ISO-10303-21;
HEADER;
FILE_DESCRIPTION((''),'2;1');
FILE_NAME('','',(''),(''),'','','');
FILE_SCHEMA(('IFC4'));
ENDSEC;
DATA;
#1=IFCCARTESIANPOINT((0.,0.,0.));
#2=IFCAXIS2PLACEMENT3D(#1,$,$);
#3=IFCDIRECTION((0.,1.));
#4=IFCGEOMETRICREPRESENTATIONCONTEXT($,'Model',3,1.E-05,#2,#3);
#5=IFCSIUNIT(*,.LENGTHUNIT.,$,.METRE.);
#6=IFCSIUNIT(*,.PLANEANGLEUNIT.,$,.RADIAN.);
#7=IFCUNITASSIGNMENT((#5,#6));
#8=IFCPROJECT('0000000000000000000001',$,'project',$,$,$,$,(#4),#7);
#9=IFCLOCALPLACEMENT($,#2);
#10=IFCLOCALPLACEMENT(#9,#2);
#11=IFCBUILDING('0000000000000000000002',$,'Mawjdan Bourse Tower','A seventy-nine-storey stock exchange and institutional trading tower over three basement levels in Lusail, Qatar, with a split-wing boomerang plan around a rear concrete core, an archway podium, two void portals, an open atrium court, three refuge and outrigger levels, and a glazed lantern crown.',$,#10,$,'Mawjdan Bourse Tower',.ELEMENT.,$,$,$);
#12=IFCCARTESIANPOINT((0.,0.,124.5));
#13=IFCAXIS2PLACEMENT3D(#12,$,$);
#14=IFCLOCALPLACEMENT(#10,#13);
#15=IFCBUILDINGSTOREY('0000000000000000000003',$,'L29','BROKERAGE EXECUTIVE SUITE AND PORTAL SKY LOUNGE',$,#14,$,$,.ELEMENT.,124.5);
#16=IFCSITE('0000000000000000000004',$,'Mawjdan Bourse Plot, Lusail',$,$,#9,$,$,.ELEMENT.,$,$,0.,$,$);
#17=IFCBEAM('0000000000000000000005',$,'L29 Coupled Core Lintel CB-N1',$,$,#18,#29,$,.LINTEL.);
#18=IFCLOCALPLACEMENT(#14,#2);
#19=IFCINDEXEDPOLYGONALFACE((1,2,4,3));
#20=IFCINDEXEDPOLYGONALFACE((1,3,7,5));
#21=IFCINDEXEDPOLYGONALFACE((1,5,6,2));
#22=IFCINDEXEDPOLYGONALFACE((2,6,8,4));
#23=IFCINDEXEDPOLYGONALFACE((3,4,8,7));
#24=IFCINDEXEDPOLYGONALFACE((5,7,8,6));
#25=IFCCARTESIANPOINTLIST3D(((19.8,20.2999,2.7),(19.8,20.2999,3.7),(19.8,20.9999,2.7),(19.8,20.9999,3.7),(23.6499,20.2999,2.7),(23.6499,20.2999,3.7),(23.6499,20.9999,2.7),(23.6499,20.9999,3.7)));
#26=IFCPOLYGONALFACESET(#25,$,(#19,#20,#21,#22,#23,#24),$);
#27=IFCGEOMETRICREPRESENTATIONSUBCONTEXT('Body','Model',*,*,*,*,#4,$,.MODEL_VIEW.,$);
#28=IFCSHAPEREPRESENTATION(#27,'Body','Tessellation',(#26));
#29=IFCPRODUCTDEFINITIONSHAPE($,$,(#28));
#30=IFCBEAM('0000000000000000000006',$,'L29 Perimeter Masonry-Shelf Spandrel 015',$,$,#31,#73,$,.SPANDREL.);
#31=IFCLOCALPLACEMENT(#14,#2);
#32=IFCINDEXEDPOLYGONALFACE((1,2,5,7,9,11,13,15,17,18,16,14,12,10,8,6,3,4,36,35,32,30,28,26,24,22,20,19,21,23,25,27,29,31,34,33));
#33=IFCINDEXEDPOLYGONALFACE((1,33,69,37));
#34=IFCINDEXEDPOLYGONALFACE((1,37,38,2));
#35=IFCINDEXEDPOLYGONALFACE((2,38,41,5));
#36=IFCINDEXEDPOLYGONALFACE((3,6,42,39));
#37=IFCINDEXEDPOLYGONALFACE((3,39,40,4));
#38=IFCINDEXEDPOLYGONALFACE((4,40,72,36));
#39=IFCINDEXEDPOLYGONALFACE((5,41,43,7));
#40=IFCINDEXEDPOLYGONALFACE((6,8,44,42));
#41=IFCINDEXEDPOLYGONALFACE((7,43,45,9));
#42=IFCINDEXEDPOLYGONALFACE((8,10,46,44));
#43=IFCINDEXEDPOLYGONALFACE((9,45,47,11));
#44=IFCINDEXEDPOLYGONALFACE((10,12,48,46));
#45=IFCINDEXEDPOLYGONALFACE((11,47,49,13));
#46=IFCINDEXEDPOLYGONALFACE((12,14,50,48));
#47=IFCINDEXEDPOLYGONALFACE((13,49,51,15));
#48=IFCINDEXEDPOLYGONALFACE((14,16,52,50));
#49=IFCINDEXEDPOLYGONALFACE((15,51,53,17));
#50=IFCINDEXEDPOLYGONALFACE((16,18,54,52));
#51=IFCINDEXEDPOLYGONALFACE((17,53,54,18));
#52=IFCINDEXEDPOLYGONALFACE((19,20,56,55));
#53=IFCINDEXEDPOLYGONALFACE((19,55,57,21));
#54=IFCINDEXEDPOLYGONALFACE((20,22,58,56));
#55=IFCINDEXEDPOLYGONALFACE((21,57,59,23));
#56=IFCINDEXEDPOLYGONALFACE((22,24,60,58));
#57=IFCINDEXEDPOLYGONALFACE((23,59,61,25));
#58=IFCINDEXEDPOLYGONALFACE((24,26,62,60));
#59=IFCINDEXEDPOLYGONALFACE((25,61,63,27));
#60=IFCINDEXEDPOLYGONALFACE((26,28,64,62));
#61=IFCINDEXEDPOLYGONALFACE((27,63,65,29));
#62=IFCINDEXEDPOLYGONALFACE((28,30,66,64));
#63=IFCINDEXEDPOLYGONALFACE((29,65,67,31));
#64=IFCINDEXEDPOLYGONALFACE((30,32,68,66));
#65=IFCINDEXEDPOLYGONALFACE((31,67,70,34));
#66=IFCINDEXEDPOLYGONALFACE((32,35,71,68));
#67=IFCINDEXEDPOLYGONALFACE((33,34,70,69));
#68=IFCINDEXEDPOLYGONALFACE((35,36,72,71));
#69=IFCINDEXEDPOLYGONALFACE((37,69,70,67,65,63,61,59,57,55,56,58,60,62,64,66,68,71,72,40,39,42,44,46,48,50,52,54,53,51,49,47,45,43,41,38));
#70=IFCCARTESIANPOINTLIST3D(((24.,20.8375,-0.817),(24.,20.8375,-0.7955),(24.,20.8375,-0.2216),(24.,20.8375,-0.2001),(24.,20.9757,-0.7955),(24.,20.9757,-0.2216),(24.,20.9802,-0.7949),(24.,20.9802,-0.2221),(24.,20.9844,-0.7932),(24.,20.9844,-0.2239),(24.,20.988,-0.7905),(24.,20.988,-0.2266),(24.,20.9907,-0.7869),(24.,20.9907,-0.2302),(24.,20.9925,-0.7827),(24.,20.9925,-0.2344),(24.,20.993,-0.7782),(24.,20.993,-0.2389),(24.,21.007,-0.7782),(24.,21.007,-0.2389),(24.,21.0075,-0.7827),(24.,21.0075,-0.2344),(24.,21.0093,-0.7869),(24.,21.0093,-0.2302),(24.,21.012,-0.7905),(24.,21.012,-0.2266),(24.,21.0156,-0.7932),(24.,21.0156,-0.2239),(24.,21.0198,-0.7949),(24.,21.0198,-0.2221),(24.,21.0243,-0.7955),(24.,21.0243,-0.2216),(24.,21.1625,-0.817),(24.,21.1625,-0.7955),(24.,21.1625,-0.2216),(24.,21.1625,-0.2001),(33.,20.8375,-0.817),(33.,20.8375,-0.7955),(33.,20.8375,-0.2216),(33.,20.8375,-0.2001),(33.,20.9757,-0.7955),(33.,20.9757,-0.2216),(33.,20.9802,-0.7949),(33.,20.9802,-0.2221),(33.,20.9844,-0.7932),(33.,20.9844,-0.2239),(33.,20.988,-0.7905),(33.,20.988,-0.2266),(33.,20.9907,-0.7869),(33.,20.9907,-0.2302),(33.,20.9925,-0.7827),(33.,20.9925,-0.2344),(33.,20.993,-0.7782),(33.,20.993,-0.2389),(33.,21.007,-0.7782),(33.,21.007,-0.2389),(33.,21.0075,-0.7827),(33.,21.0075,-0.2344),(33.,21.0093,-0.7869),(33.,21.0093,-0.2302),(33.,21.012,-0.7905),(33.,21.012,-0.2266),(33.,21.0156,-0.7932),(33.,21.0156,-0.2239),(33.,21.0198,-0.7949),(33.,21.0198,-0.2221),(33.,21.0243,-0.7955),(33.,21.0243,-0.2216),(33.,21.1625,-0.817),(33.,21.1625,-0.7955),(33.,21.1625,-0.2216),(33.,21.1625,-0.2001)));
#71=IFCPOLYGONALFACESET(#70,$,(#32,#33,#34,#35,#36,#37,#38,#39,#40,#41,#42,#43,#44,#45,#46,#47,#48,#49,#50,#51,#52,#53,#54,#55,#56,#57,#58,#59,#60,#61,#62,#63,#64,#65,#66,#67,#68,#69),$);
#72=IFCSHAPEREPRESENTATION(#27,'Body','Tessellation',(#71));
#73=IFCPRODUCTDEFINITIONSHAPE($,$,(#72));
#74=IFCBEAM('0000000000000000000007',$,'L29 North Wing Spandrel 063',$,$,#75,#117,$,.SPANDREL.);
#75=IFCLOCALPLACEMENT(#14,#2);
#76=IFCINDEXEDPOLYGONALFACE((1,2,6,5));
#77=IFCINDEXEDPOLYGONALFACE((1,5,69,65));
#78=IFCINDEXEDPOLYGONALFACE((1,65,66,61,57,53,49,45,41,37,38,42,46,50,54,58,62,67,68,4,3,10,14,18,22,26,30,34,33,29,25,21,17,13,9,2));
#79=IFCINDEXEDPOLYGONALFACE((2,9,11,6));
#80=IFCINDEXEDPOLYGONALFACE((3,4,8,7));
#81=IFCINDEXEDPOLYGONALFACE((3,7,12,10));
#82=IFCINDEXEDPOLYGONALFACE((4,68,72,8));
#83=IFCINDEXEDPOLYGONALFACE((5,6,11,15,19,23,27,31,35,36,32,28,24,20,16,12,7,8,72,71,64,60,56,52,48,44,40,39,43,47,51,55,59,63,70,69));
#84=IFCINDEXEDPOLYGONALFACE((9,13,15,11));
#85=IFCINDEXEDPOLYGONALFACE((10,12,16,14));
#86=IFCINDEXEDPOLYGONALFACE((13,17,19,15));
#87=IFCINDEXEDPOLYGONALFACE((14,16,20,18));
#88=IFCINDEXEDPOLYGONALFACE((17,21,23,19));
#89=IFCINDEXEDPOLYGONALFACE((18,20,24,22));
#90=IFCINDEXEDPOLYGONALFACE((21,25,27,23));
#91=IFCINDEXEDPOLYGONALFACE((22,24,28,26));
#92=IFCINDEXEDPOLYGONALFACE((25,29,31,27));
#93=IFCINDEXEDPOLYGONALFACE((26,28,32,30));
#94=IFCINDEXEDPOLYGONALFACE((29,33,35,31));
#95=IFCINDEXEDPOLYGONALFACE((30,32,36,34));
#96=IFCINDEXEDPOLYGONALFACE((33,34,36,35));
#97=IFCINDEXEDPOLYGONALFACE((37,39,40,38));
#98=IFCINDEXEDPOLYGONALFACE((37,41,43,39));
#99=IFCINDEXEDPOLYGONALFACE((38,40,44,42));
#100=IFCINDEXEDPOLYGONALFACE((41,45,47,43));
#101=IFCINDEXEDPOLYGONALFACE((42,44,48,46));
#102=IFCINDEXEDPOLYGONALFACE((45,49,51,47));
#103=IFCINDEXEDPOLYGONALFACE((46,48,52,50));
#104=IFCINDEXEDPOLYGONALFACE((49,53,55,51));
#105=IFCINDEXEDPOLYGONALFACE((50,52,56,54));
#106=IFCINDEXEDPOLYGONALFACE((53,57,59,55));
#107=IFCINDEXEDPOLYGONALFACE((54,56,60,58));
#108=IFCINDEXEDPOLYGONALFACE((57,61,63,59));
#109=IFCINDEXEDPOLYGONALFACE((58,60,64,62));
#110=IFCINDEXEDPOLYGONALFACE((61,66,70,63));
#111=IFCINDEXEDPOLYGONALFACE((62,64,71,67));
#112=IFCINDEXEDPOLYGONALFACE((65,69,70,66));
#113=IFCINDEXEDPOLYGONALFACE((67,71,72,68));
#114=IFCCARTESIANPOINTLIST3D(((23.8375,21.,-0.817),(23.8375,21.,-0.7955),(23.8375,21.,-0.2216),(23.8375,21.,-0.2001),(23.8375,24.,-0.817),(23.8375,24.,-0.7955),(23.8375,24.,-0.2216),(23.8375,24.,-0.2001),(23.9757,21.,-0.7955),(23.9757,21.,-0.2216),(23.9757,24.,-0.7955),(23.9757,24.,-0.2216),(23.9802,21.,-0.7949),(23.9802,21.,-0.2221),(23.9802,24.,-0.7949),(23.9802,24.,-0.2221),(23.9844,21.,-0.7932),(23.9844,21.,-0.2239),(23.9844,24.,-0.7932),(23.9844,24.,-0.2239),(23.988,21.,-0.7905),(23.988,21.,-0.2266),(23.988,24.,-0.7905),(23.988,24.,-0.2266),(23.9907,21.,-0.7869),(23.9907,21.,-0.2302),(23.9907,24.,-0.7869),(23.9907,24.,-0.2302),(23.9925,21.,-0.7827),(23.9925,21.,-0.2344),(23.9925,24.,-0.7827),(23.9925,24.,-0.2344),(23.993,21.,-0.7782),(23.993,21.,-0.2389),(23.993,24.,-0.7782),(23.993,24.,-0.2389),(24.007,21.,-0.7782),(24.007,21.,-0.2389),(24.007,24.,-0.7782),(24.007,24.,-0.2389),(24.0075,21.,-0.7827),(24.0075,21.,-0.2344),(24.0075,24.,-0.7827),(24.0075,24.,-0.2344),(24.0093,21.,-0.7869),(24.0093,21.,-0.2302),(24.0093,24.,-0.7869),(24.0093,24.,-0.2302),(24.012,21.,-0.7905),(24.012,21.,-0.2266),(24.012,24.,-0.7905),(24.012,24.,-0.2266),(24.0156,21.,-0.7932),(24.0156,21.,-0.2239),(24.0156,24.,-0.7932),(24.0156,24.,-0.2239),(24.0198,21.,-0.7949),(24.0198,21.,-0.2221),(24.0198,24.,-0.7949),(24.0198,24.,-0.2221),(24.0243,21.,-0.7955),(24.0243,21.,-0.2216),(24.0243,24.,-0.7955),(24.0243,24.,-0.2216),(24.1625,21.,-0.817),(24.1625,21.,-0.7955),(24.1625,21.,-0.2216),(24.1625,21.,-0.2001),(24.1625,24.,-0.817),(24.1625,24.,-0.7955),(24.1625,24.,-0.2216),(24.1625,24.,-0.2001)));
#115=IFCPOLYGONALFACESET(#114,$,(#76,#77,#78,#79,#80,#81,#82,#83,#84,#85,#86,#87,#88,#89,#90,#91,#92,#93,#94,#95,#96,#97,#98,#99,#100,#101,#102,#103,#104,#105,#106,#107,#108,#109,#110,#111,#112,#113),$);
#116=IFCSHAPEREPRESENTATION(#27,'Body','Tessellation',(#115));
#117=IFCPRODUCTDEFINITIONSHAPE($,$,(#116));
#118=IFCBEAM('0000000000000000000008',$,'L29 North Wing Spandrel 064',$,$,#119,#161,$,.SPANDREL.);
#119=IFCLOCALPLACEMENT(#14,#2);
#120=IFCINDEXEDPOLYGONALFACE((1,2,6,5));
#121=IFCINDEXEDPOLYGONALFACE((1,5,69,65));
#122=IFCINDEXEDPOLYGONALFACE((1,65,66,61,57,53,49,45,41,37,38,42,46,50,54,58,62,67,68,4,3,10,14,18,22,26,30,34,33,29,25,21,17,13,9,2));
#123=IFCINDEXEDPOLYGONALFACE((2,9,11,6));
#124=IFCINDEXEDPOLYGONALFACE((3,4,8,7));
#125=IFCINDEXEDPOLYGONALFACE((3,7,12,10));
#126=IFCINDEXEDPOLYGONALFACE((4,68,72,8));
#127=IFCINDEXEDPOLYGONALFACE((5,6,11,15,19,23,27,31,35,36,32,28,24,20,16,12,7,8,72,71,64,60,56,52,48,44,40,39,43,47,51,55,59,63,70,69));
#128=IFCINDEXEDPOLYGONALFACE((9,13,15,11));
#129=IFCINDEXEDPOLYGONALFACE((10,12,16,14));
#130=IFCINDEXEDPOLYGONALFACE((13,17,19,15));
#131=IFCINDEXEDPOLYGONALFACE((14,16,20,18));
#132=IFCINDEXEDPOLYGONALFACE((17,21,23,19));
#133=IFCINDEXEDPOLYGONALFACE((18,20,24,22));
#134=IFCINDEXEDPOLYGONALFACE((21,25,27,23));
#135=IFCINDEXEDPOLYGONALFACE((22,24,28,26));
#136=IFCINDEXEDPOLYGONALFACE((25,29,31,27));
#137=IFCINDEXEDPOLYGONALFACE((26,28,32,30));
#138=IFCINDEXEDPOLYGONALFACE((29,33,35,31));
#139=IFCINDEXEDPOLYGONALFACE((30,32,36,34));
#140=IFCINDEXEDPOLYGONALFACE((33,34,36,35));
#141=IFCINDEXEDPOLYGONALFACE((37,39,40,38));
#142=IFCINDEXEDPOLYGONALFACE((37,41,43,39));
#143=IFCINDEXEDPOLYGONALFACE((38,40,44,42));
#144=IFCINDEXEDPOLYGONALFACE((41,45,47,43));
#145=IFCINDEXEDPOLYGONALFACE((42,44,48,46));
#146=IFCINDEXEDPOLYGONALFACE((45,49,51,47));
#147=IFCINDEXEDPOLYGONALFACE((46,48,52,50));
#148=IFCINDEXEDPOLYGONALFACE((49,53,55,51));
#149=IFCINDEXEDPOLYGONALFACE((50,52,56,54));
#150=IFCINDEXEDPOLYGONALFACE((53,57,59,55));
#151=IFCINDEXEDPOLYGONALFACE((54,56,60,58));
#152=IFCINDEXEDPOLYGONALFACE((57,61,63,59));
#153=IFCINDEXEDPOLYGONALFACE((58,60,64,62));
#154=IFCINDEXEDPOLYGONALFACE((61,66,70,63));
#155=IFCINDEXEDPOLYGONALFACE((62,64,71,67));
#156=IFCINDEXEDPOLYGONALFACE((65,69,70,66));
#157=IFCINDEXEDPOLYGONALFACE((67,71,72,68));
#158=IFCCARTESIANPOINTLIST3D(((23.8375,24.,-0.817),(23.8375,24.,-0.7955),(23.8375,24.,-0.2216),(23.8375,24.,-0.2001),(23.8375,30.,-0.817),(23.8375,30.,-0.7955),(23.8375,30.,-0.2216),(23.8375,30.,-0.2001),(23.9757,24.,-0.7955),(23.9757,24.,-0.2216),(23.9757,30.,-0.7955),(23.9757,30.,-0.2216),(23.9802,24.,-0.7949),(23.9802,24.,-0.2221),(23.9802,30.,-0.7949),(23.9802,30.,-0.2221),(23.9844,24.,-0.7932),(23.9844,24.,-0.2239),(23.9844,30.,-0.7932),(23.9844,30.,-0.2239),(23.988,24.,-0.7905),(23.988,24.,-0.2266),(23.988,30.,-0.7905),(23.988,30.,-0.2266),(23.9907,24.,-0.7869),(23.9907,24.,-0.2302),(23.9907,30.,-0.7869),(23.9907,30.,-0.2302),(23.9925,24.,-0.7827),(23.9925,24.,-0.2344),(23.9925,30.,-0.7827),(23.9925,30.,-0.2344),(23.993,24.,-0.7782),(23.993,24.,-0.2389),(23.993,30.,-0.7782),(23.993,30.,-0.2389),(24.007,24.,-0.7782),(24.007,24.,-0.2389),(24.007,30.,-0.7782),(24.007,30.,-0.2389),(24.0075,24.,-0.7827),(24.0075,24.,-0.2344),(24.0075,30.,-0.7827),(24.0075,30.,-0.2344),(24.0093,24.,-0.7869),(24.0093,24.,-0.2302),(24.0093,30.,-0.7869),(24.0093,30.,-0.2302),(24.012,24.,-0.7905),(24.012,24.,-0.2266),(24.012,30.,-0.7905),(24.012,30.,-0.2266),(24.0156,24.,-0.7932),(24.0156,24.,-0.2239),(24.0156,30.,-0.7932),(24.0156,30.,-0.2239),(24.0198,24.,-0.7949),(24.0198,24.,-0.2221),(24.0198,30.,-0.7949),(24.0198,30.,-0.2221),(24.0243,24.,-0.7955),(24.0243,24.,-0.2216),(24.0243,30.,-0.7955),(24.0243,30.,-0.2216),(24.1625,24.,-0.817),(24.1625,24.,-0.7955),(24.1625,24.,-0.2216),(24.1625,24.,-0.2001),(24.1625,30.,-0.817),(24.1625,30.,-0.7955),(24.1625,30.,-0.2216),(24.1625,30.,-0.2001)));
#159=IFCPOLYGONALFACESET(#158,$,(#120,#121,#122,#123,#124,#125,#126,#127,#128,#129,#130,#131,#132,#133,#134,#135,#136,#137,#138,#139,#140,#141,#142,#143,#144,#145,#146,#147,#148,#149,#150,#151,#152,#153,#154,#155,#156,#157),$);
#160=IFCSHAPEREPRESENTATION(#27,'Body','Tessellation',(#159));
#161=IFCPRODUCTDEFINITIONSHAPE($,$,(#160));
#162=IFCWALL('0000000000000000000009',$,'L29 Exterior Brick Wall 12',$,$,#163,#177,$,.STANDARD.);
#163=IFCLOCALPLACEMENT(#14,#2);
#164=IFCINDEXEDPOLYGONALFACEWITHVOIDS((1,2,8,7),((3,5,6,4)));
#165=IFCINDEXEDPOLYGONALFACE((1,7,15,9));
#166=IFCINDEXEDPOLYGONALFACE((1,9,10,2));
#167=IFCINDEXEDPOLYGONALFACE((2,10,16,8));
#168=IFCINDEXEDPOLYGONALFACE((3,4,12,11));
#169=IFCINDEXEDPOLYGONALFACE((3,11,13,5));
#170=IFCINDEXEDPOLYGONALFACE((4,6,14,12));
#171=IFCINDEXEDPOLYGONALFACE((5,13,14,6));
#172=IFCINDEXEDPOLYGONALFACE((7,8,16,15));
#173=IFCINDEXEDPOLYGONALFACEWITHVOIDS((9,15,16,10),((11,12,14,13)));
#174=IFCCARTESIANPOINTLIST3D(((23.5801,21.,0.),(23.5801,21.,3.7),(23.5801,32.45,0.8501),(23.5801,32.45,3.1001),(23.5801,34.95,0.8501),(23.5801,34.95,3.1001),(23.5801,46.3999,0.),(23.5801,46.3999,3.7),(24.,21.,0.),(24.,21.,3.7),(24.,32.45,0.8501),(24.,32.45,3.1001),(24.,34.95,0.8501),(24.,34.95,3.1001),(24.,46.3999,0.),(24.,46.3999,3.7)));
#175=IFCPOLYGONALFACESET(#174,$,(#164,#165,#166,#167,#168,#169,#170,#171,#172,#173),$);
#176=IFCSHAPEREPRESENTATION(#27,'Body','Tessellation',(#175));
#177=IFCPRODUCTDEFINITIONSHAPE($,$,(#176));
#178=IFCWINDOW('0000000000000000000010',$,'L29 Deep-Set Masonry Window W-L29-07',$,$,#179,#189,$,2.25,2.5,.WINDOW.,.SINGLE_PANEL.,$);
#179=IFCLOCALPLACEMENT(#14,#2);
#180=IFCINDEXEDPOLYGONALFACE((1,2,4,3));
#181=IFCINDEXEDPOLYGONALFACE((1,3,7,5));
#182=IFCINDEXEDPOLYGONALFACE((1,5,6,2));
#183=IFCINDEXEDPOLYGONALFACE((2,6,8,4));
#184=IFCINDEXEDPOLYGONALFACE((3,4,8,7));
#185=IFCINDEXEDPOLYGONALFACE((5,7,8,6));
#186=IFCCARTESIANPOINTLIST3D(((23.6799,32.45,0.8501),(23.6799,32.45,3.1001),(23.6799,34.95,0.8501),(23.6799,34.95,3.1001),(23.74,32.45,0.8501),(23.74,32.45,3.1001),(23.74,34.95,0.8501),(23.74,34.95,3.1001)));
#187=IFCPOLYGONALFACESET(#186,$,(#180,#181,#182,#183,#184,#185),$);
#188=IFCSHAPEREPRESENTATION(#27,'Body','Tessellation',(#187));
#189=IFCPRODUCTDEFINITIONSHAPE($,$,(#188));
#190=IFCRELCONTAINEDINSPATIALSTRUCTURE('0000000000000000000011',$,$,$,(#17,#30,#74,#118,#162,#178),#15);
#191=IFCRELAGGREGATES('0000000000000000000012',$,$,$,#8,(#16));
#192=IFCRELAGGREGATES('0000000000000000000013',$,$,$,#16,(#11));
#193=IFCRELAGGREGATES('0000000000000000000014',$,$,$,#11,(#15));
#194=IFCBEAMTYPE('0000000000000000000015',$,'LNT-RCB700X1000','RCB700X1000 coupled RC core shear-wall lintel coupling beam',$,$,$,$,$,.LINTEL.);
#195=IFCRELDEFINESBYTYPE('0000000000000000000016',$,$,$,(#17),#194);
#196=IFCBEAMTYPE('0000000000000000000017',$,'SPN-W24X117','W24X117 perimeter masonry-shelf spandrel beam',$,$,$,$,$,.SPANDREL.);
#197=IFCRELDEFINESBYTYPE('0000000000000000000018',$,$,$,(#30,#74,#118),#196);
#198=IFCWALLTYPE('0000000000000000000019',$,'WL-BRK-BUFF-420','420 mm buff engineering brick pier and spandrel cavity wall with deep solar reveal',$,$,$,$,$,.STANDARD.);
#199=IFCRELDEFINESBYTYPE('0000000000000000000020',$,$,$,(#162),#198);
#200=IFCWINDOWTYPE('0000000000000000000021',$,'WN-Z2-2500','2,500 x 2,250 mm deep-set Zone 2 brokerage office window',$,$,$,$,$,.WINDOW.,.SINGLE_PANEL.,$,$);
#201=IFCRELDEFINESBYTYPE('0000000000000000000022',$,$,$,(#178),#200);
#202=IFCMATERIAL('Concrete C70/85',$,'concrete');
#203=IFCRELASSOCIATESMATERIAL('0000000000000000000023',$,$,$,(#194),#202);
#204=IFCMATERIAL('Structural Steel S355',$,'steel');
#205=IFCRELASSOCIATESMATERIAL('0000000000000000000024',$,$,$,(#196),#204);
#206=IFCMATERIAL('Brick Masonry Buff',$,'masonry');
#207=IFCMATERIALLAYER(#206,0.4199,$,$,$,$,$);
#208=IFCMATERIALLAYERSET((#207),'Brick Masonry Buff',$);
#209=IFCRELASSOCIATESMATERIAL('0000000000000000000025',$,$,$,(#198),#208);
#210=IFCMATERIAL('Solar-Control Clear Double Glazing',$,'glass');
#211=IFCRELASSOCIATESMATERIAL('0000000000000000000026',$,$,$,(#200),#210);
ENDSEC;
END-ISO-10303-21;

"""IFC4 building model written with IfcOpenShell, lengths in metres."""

from ifc_helpers import new_model, si_unit, direction, frame, frame_2d, origin, origin_2d, place, context, subcontext, project, spatial, rectangle, i_section, extrude, material, layer, layer_set, material_profile, profile_set, type_object, element, fill, save


model = new_model("IFC4")

# Units and contexts
model_context = context("Model", 3, precision=1e-05, world=origin(), true_north=direction((0.0, 1.0)))
body_context = subcontext(model_context, "Body", "Model", "MODEL_VIEW")
ifc_project = project(units=[si_unit("LENGTHUNIT", "METRE"), si_unit("PLANEANGLEUNIT", "RADIAN")], contexts=[model_context])

# Site, building, storey
site_placement = place(None, origin())
site = spatial("IfcSite", under=ifc_project, at=site_placement, Name="Mawjdan Bourse Plot, Lusail", CompositionType="ELEMENT", RefElevation=0.0)
building_placement = place(site_placement, origin())
building = spatial("IfcBuilding", under=site, at=building_placement, Name="Mawjdan Bourse Tower", Description="A seventy-nine-storey stock exchange and institutional trading tower over three basement levels in Lusail, Qatar, with a split-wing boomerang plan around a rear concrete core, an archway podium, two void portals, an open atrium court, three refuge and outrigger levels, and a glazed lantern crown.", LongName="Mawjdan Bourse Tower", CompositionType="ELEMENT")
storey_placement = place(building_placement, frame((0.0, 0.0, 124.5)))
storey = spatial("IfcBuildingStorey", under=building, at=storey_placement, Name="L29", Description="BROKERAGE EXECUTIVE SUITE AND PORTAL SKY LOUNGE", CompositionType="ELEMENT", Elevation=124.5)

# Shared definitions
ifc_material_1 = material(Name="Concrete C70/85", Category="concrete")

# Beams
ifc_material_2 = material(Name="Structural Steel S355", Category="steel")
ifc_material_profile_1 = material_profile(ifc_material_1, rectangle(XDim=0.7, YDim=1.0, at=origin_2d()), Name="RCB700X1000")
ifc_profile_set_1 = profile_set([ifc_material_profile_1], Name="Concrete C70/85")
beam_type_1 = type_object("IfcBeamType", Name="LNT-RCB700X1000", Description="RCB700X1000 coupled RC core shear-wall lintel coupling beam", PredefinedType="LINTEL", material=ifc_profile_set_1)
beam_1_placement = place(storey_placement, frame((19.8, 20.6499, 3.2), z_axis=(1.0, 0.0, 0.0), x_axis=(0.0, 1.0, 0.0)))
element("IfcBeam", 1, at=beam_1_placement, inside=storey, type_object=beam_type_1, Name="L29 Coupled Core Lintel CB-N1", PredefinedType="LINTEL", context=body_context, shape_type="SweptSolid", body=[
    extrude(rectangle(XDim=0.7, YDim=1.0, at=origin_2d()), origin(), (0.0, 0.0, 1.0), 3.8499),
])
ifc_material_profile_2 = material_profile(ifc_material_2, i_section(OverallWidth=0.325, OverallDepth=0.6169, WebThickness=0.0139, FlangeThickness=0.0215, FilletRadius=0.0173, at=origin_2d()), Name="W24X117")
ifc_profile_set_2 = profile_set([ifc_material_profile_2], Name="Structural Steel S355")
beam_type_2 = type_object("IfcBeamType", Name="SPN-W24X117", Description="W24X117 perimeter masonry-shelf spandrel beam", PredefinedType="SPANDREL", material=ifc_profile_set_2)
beam_2_placement = place(storey_placement, frame((24.0, 21.0, -0.5085), z_axis=(1.0, 0.0, 0.0), x_axis=(0.0, 1.0, 0.0)))
element("IfcBeam", 2, at=beam_2_placement, inside=storey, type_object=beam_type_2, Name="L29 Perimeter Masonry-Shelf Spandrel 015", PredefinedType="SPANDREL", context=body_context, shape_type="SweptSolid", body=[
    extrude(i_section(OverallWidth=0.325, OverallDepth=0.6169, WebThickness=0.0139, FlangeThickness=0.0215, FilletRadius=0.0173, at=origin_2d()), origin(), (0.0, 0.0, 1.0), 9.0),
])
beam_3_placement = place(storey_placement, frame((24.0, 21.0, -0.5085), z_axis=(0.0, 1.0, 0.0), x_axis=(-1.0, 0.0, 0.0)))
element("IfcBeam", 3, at=beam_3_placement, inside=storey, type_object=beam_type_2, Name="L29 North Wing Spandrel 063", PredefinedType="SPANDREL", context=body_context, shape_type="SweptSolid", body=[
    extrude(i_section(OverallWidth=0.325, OverallDepth=0.6169, WebThickness=0.0139, FlangeThickness=0.0215, FilletRadius=0.0173, at=origin_2d()), origin(), (0.0, 0.0, 1.0), 3.0),
])
beam_4_placement = place(storey_placement, frame((24.0, 24.0, -0.5085), z_axis=(0.0, 1.0, 0.0), x_axis=(-1.0, 0.0, 0.0)))
element("IfcBeam", 4, at=beam_4_placement, inside=storey, type_object=beam_type_2, Name="L29 North Wing Spandrel 064", PredefinedType="SPANDREL", context=body_context, shape_type="SweptSolid", body=[
    extrude(i_section(OverallWidth=0.325, OverallDepth=0.6169, WebThickness=0.0139, FlangeThickness=0.0215, FilletRadius=0.0173, at=origin_2d()), origin(), (0.0, 0.0, 1.0), 6.0),
])

# Wall, opening, window
ifc_material_3 = material(Name="Brick Masonry Buff", Category="masonry")
ifc_layer_1 = layer(ifc_material_3, 0.4199)
ifc_layer_set_1 = layer_set([ifc_layer_1], Name="Brick Masonry Buff")
wall_type_1 = type_object("IfcWallType", Name="WL-BRK-BUFF-420", Description="420 mm buff engineering brick pier and spandrel cavity wall with deep solar reveal", PredefinedType="STANDARD", material=ifc_layer_set_1)
wall_1_placement = place(storey_placement, frame((23.79, 21.0, 0.0), z_axis=(0.0, 0.0, 1.0), x_axis=(0.0, 1.0, 0.0)))
wall_1 = element("IfcWall", 5, at=wall_1_placement, inside=storey, type_object=wall_type_1, Name="L29 Exterior Brick Wall 12", PredefinedType="STANDARD", context=body_context, shape_type="SweptSolid", body=[
    extrude(rectangle(XDim=25.3999, YDim=0.4199, at=frame_2d((12.7, 0.0))), origin(), (0.0, 0.0, 1.0), 3.7),
])
opening_placement = place(wall_1_placement, frame((11.45, 0.0, 0.8501)))
opening = element("IfcOpeningElement", 6, at=opening_placement, cuts=wall_1, PredefinedType="OPENING", context=body_context, shape_type="SweptSolid", body=[
    extrude(rectangle(XDim=2.5, YDim=2.25, at=frame_2d((1.25, 1.125))), frame((0.0, 0.22, 0.0), z_axis=(0.0, -1.0, 0.0), x_axis=(1.0, 0.0, 0.0)), (0.0, 0.0, 1.0), 0.4399),
])
ifc_material_4 = material(Name="Solar-Control Clear Double Glazing", Category="glass")
window_type = type_object("IfcWindowType", Name="WN-Z2-2500", Description="2,500 x 2,250 mm deep-set Zone 2 brokerage office window", PartitioningType="SINGLE_PANEL", PredefinedType="WINDOW", material=ifc_material_4)
window_placement = place(opening_placement, origin())
window = element("IfcWindow", 7, at=window_placement, inside=storey, type_object=window_type, Name="L29 Deep-Set Masonry Window W-L29-07", OverallHeight=2.25, OverallWidth=2.5, PartitioningType="SINGLE_PANEL", PredefinedType="WINDOW", context=body_context, shape_type="SweptSolid", body=[
    extrude(rectangle(XDim=2.5, YDim=2.25, at=frame_2d((1.25, 1.125))), frame((0.0, 0.1101, 0.0), z_axis=(0.0, -1.0, 0.0), x_axis=(1.0, 0.0, 0.0)), (0.0, 0.0, 1.0), 0.0601),
])
fill(opening, window)

save(model, "model.ifc")
